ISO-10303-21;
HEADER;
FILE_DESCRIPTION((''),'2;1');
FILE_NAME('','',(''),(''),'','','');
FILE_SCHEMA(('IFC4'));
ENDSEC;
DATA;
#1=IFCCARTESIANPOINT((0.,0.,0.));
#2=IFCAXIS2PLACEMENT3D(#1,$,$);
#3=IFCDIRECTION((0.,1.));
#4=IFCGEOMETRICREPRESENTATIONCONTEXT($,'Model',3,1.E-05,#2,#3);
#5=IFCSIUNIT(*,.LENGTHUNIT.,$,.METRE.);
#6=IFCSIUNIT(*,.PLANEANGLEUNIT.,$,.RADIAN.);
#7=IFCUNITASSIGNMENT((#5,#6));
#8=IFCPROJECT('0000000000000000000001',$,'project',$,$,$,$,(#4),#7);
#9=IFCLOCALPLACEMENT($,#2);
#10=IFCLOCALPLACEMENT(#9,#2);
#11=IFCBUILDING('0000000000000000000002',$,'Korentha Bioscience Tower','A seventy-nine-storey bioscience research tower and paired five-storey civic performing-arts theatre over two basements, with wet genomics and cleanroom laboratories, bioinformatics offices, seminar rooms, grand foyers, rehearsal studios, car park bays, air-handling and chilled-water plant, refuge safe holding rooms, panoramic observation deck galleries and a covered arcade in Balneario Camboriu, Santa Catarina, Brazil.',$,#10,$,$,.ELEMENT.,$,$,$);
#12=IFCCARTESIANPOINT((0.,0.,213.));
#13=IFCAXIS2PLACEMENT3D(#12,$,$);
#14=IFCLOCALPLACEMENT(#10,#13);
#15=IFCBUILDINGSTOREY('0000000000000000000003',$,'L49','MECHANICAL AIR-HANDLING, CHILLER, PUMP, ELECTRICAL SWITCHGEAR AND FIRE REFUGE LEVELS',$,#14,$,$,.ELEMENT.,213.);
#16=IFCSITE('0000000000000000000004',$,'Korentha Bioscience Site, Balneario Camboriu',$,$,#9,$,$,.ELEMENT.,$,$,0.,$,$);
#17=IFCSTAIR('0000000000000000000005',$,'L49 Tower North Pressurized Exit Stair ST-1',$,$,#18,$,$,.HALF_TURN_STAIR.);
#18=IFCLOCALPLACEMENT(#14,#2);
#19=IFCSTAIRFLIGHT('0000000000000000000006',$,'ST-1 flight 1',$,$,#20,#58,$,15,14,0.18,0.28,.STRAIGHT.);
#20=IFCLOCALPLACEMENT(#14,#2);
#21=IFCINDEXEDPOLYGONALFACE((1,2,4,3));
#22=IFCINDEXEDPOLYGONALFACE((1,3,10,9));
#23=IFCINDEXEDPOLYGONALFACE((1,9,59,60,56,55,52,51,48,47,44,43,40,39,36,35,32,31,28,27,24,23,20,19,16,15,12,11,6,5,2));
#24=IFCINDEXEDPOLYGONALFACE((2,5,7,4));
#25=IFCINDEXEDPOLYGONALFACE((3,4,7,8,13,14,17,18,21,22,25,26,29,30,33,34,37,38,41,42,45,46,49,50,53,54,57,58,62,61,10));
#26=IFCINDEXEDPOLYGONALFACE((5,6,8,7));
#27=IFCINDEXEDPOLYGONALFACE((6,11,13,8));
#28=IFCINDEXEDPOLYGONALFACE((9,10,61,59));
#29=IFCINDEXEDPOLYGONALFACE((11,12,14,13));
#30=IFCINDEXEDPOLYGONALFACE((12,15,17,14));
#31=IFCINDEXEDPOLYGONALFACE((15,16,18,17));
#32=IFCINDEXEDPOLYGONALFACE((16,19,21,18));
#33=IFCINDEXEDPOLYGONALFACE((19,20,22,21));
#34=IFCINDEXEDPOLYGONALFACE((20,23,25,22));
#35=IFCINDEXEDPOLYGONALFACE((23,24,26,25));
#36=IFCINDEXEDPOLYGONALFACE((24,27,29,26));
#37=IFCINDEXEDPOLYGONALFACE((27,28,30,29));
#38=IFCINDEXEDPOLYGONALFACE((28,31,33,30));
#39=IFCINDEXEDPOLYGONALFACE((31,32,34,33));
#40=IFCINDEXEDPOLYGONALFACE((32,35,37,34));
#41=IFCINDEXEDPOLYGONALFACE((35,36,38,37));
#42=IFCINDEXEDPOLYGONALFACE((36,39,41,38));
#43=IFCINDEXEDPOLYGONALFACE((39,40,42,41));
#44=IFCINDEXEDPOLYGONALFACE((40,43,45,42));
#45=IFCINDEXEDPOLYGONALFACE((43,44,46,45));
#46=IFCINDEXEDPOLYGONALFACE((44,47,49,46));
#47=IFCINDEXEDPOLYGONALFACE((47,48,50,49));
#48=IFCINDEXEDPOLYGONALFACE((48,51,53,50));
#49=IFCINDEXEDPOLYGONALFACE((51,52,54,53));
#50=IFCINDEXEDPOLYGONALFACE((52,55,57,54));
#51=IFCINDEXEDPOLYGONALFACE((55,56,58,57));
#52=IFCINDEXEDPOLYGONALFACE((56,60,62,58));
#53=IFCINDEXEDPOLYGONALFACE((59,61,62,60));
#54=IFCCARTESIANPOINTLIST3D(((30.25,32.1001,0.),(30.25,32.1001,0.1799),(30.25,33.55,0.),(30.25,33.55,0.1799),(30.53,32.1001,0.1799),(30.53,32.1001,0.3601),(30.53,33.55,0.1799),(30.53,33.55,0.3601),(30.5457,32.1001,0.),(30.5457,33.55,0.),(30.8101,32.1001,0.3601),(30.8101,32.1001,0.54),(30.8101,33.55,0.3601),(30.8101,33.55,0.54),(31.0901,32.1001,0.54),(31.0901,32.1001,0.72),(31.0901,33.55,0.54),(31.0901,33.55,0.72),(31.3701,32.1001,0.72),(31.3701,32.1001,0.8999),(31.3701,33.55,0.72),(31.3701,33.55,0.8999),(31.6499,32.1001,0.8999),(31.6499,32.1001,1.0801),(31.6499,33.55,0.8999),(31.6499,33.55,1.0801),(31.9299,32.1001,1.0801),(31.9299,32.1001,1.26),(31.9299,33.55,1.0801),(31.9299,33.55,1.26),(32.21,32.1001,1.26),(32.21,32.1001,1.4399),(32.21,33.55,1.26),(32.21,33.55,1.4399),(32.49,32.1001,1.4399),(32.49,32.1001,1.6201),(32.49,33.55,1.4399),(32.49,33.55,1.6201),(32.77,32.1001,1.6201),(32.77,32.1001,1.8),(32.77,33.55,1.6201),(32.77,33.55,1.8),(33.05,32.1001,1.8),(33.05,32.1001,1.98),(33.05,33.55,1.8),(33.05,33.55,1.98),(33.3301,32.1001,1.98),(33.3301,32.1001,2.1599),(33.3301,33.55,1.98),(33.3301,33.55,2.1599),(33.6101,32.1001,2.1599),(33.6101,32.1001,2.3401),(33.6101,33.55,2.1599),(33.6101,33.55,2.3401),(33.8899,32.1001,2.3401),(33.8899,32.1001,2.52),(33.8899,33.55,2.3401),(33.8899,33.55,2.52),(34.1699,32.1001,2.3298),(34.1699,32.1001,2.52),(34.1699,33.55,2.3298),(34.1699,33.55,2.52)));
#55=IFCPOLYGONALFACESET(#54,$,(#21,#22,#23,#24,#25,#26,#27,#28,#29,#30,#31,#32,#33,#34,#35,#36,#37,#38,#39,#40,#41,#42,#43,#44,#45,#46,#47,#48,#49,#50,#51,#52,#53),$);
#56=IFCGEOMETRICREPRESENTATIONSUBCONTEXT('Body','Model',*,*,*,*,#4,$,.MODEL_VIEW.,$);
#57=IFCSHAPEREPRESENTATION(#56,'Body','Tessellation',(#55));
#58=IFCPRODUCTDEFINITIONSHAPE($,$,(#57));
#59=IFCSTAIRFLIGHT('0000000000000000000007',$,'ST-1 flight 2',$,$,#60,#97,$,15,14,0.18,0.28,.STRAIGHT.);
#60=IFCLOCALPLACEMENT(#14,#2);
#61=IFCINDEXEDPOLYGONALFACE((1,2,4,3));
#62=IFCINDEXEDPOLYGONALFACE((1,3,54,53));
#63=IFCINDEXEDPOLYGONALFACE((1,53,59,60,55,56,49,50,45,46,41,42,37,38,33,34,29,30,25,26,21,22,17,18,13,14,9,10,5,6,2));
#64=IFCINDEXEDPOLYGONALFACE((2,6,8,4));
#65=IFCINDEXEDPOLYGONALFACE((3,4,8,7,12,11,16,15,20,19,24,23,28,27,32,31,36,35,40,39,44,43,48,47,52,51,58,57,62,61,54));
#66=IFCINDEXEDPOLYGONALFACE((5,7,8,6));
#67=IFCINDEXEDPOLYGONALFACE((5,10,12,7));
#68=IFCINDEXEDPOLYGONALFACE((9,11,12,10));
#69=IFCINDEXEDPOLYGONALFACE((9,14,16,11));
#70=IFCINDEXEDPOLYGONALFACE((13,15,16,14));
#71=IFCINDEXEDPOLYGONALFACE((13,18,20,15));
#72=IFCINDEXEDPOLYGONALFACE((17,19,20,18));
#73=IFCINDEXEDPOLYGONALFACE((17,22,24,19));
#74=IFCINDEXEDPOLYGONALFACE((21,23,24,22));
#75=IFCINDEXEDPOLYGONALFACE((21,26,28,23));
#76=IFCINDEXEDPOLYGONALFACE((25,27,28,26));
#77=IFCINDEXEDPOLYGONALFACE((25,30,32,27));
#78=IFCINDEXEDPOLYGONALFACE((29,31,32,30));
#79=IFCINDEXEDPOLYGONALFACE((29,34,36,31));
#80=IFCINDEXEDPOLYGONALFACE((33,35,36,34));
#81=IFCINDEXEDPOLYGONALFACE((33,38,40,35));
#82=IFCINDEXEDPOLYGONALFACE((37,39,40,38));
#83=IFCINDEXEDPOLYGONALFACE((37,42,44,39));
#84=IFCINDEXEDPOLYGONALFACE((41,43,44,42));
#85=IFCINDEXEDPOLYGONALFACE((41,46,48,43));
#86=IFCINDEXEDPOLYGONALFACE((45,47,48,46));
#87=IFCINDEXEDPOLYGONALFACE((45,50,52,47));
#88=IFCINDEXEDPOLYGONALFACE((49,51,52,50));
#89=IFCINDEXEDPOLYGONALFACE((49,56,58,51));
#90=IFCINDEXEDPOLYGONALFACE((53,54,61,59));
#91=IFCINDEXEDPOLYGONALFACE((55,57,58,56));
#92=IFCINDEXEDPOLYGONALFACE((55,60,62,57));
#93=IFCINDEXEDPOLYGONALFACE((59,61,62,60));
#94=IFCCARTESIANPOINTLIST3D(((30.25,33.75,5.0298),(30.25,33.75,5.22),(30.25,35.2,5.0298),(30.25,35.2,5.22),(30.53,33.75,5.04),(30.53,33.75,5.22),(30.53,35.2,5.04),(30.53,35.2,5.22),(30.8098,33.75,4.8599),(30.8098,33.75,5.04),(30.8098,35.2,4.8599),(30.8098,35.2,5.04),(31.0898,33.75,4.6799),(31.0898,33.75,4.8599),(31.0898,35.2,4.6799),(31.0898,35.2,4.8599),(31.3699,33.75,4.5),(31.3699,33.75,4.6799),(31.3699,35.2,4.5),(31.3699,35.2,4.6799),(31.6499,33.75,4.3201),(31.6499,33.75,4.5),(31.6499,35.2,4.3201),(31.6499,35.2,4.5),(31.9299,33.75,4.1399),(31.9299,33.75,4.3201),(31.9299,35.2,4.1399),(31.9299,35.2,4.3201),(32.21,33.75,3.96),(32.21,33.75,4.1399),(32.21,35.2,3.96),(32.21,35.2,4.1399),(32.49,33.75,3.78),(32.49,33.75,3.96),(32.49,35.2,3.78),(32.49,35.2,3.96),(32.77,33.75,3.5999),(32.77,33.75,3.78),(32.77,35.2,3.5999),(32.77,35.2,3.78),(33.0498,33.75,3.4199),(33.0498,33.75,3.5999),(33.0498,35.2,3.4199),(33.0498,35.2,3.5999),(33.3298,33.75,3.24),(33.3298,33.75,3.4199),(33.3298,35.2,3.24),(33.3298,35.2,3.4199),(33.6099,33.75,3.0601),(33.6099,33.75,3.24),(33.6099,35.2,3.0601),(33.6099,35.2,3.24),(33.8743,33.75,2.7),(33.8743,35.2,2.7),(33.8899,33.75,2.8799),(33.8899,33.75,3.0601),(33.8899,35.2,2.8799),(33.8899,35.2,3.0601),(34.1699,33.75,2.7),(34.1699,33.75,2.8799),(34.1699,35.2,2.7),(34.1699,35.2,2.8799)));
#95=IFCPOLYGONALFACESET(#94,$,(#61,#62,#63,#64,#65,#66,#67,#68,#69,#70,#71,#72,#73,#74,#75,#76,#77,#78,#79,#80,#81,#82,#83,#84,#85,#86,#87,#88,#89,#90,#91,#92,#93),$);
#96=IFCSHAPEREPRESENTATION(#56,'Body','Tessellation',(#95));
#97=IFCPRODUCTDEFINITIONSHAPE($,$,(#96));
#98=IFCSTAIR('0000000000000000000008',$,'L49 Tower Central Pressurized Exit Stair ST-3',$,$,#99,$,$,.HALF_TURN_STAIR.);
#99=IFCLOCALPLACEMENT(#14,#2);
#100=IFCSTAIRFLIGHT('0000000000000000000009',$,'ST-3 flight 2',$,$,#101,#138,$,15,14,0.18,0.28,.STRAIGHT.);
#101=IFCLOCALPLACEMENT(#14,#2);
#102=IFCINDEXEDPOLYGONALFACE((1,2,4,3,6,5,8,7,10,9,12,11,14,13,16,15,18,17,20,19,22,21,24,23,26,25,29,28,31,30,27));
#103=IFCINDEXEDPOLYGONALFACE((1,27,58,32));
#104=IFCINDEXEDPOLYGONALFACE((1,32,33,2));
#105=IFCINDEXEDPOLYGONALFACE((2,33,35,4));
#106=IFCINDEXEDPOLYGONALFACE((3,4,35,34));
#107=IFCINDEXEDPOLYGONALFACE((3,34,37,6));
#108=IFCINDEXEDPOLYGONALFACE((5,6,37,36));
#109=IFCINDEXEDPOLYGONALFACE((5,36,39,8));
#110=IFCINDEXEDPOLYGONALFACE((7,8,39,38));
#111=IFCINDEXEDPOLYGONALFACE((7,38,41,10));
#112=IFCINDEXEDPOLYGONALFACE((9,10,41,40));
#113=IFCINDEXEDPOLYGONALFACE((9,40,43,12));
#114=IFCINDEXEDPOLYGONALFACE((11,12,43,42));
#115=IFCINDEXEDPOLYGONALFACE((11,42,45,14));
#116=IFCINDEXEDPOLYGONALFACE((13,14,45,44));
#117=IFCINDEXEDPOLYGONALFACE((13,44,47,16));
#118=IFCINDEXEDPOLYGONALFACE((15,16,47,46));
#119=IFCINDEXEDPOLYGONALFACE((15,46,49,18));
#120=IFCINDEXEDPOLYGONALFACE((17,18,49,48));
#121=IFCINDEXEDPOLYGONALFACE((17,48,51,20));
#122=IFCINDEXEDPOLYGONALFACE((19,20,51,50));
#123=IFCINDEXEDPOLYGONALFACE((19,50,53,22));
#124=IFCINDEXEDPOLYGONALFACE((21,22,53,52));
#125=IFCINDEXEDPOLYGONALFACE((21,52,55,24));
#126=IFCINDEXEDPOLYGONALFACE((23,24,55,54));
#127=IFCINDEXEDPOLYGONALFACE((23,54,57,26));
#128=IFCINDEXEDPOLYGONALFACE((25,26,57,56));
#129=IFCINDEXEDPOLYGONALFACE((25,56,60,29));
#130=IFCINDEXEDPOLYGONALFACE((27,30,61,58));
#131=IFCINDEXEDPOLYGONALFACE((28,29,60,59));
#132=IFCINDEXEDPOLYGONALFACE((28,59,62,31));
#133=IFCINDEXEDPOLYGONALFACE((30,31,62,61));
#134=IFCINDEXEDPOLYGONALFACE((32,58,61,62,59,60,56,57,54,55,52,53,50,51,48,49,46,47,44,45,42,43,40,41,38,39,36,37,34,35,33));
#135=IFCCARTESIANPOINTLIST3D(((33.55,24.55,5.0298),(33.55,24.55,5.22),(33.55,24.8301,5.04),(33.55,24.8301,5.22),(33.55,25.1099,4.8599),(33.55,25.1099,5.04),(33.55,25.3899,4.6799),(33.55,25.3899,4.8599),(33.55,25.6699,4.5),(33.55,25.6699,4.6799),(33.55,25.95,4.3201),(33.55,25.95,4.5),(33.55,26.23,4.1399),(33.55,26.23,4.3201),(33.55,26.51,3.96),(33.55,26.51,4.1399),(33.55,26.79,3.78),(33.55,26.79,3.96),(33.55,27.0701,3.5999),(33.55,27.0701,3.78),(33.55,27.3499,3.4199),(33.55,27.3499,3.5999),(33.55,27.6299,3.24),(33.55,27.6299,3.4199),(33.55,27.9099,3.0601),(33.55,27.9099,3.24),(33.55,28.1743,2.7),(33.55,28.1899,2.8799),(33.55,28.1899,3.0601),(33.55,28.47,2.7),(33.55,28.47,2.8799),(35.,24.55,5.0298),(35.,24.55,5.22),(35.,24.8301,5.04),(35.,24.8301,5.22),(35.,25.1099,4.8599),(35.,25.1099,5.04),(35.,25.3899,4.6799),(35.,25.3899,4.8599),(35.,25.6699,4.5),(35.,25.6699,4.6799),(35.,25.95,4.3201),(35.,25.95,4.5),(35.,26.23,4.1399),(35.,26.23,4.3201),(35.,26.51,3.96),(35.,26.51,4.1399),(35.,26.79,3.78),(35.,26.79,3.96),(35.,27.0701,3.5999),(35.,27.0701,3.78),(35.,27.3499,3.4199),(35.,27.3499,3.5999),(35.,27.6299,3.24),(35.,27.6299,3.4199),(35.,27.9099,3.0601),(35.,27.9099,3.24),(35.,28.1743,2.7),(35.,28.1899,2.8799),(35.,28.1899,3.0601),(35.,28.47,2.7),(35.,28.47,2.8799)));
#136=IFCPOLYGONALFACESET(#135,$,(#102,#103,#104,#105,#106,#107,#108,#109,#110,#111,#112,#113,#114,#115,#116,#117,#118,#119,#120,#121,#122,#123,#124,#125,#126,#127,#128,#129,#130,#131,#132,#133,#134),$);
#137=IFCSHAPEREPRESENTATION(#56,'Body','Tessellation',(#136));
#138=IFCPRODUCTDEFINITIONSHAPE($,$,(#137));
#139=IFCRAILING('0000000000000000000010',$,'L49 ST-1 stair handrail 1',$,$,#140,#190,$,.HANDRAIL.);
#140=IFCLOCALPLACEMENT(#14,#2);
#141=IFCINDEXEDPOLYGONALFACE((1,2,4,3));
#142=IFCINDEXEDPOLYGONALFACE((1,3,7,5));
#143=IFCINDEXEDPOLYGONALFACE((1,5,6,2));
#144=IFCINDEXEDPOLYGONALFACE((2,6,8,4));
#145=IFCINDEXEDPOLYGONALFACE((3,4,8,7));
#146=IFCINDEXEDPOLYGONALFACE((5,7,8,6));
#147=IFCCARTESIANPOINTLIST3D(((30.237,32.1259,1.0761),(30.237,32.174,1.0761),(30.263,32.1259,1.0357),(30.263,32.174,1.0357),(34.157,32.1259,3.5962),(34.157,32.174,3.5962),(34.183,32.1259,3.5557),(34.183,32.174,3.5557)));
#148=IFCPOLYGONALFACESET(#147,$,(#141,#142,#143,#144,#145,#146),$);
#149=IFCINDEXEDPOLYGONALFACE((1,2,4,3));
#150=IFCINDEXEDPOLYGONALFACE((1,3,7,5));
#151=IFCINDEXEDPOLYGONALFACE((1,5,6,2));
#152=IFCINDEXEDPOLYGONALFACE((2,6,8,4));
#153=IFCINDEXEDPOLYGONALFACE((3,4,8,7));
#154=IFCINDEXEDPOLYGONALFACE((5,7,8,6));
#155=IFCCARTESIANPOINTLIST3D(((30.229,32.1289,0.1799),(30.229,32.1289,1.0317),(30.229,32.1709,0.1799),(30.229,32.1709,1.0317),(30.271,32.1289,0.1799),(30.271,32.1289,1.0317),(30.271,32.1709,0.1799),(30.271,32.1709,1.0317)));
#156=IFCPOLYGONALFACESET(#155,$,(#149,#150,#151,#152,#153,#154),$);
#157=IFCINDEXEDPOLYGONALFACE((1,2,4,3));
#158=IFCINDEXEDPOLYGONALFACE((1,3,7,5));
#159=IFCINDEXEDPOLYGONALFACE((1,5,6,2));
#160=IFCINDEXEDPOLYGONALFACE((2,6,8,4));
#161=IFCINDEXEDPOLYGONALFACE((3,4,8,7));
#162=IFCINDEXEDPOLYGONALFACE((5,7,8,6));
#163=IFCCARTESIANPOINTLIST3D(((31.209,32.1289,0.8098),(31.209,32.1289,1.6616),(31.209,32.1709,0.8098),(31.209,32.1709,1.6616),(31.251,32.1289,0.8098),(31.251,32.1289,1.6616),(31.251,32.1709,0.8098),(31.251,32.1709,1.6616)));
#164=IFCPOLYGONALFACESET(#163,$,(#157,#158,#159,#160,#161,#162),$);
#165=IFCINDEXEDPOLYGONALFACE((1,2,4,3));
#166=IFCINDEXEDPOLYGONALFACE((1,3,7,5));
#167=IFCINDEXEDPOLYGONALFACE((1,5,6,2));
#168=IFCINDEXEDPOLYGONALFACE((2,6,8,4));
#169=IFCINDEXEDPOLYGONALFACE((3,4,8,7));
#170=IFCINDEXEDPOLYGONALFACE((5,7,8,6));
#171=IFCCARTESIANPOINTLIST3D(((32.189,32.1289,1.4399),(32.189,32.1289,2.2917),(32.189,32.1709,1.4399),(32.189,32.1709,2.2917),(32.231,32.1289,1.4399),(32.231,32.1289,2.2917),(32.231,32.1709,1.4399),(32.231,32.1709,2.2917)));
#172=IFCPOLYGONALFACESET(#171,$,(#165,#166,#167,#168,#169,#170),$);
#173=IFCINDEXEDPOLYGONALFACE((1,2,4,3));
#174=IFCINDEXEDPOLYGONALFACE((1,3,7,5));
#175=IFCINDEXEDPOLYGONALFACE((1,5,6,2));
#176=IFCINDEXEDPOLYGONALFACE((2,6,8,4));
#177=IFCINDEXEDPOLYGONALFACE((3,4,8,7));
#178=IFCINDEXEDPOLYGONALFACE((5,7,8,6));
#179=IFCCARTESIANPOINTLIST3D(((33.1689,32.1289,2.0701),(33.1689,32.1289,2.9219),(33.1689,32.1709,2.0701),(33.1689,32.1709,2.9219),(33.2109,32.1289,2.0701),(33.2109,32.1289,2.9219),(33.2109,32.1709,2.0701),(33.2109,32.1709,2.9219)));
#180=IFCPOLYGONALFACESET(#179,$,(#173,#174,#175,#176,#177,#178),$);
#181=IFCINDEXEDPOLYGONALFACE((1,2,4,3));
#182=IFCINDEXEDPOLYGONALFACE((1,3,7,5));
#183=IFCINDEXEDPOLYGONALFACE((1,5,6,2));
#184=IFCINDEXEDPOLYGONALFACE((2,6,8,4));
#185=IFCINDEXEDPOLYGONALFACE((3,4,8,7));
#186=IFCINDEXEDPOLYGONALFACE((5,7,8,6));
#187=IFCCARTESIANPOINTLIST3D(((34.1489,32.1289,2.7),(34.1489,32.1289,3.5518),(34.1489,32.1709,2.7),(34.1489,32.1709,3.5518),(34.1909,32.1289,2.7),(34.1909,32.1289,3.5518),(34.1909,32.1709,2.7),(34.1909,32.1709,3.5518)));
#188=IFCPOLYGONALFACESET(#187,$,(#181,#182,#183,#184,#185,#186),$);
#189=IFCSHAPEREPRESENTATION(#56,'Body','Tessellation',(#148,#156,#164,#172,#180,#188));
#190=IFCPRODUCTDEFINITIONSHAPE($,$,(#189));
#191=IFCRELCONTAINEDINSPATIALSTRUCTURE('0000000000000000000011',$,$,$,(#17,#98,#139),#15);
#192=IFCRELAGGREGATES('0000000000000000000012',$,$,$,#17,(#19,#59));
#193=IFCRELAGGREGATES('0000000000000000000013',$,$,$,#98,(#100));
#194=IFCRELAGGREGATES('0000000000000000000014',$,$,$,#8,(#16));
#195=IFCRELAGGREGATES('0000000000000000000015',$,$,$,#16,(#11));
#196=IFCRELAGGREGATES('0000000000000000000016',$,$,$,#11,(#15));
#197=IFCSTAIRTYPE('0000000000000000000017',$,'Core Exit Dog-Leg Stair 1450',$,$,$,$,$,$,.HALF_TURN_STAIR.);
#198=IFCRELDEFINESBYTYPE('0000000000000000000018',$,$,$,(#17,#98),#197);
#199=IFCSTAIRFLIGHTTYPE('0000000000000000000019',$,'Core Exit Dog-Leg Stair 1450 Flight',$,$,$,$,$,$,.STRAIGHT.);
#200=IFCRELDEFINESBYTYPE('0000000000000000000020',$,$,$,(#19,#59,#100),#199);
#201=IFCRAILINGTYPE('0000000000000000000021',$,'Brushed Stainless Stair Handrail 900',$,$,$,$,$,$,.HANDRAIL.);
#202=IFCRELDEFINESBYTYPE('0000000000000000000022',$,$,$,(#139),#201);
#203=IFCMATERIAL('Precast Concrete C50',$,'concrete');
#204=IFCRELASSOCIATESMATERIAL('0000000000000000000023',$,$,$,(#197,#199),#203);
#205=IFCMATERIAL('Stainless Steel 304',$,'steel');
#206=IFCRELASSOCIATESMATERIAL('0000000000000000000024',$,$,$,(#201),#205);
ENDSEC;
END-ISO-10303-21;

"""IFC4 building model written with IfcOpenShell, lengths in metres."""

from ifc_helpers import new_model, si_unit, direction, frame, origin, origin_2d, place, context, subcontext, project, spatial, polyline, rectangle, outline, extrude, material, type_object, element, aggregate, save


model = new_model("IFC4")

# Units and contexts
model_context = context("Model", 3, precision=1e-05, world=origin(), true_north=direction((0.0, 1.0)))
body_context = subcontext(model_context, "Body", "Model", "MODEL_VIEW")
ifc_project = project(units=[si_unit("LENGTHUNIT", "METRE"), si_unit("PLANEANGLEUNIT", "RADIAN")], contexts=[model_context])

# Site, building, storey
site_placement = place(None, origin())
site = spatial("IfcSite", under=ifc_project, at=site_placement, Name="Korentha Bioscience Site, Balneario Camboriu", CompositionType="ELEMENT", RefElevation=0.0)
building_placement = place(site_placement, origin())
building = spatial("IfcBuilding", under=site, at=building_placement, Name="Korentha Bioscience Tower", Description="A seventy-nine-storey bioscience research tower and paired five-storey civic performing-arts theatre over two basements, with wet genomics and cleanroom laboratories, bioinformatics offices, seminar rooms, grand foyers, rehearsal studios, car park bays, air-handling and chilled-water plant, refuge safe holding rooms, panoramic observation deck galleries and a covered arcade in Balneario Camboriu, Santa Catarina, Brazil.", CompositionType="ELEMENT")
storey_placement = place(building_placement, frame((0.0, 0.0, 213.0)))
storey = spatial("IfcBuildingStorey", under=building, at=storey_placement, Name="L49", Description="MECHANICAL AIR-HANDLING, CHILLER, PUMP, ELECTRICAL SWITCHGEAR AND FIRE REFUGE LEVELS", CompositionType="ELEMENT", Elevation=213.0)

# Stair, stair flights
ifc_material_1 = material(Name="Precast Concrete C50", Category="concrete")
stair_type = type_object("IfcStairType", Name="Core Exit Dog-Leg Stair 1450", PredefinedType="HALF_TURN_STAIR", material=ifc_material_1)
stair_1_placement = place(storey_placement, origin())
stair_1 = element("IfcStair", 1, at=stair_1_placement, inside=storey, type_object=stair_type, Name="L49 Tower North Pressurized Exit Stair ST-1", PredefinedType="HALF_TURN_STAIR")
stair_flight_type = type_object("IfcStairFlightType", Name="Core Exit Dog-Leg Stair 1450 Flight", PredefinedType="STRAIGHT", material=ifc_material_1)
stair_flight_1_placement = place(storey_placement, frame((30.25, 32.825, 0.0), z_axis=(0.0, 0.0, 1.0), x_axis=(1.0, 0.0, 0.0)))
stair_flight_1 = element("IfcStairFlight", 2, at=stair_flight_1_placement, type_object=stair_flight_type, Name="ST-1 flight 1", NumberOfRisers=15, NumberOfTreads=14, PredefinedType="STRAIGHT", RiserHeight=0.18, TreadLength=0.28, context=body_context, shape_type="SweptSolid", body=[
    extrude(outline(polyline([(0.0, 0.0), (0.0, 0.1799), (0.28, 0.1799), (0.28, 0.3601), (0.5601, 0.3601), (0.5601, 0.54), (0.8401, 0.54), (0.8401, 0.72), (1.1201, 0.72), (1.1201, 0.8999), (1.3999, 0.8999), (1.3999, 1.0801), (1.6799, 1.0801), (1.6799, 1.26), (1.96, 1.26), (1.96, 1.4399), (2.24, 1.4399), (2.24, 1.6201), (2.52, 1.6201), (2.52, 1.8), (2.8, 1.8), (2.8, 1.98), (3.0801, 1.98), (3.0801, 2.1599), (3.3601, 2.1599), (3.3601, 2.3401), (3.6399, 2.3401), (3.6399, 2.52), (3.9199, 2.52), (3.9199, 2.7), (3.9199, 2.3298), (0.2957, 0.0), (0.0, 0.0)])), frame((0.0, 0.7251, 0.0), z_axis=(0.0, -1.0, 0.0), x_axis=(1.0, 0.0, 0.0)), (0.0, 0.0, 1.0), 1.45),
])
stair_flight_2_placement = place(storey_placement, frame((34.1699, 34.4751, 2.7), z_axis=(0.0, 0.0, 1.0), x_axis=(-1.0, 0.0, 0.0)))
stair_flight_2 = element("IfcStairFlight", 3, at=stair_flight_2_placement, type_object=stair_flight_type, Name="ST-1 flight 2", NumberOfRisers=15, NumberOfTreads=14, PredefinedType="STRAIGHT", RiserHeight=0.18, TreadLength=0.28, context=body_context, shape_type="SweptSolid", body=[
    extrude(outline(polyline([(0.0, 0.0), (0.0, 0.1799), (0.28, 0.1799), (0.28, 0.3601), (0.5601, 0.3601), (0.5601, 0.54), (0.8401, 0.54), (0.8401, 0.72), (1.1201, 0.72), (1.1201, 0.8999), (1.3999, 0.8999), (1.3999, 1.0801), (1.6799, 1.0801), (1.6799, 1.26), (1.96, 1.26), (1.96, 1.4399), (2.24, 1.4399), (2.24, 1.6201), (2.52, 1.6201), (2.52, 1.8), (2.8, 1.8), (2.8, 1.98), (3.0801, 1.98), (3.0801, 2.1599), (3.3601, 2.1599), (3.3601, 2.3401), (3.6399, 2.3401), (3.6399, 2.52), (3.9199, 2.52), (3.9199, 2.7), (3.9199, 2.3298), (0.2957, 0.0), (0.0, 0.0)])), frame((0.0, 0.7251, 0.0), z_axis=(0.0, -1.0, 0.0), x_axis=(1.0, 0.0, 0.0)), (0.0, 0.0, 1.0), 1.45),
])
aggregate(stair_1, [stair_flight_1, stair_flight_2])

# Stair, stair flight
stair_2_placement = place(storey_placement, origin())
stair_2 = element("IfcStair", 4, at=stair_2_placement, inside=storey, type_object=stair_type, Name="L49 Tower Central Pressurized Exit Stair ST-3", PredefinedType="HALF_TURN_STAIR")
stair_flight_3_placement = place(storey_placement, frame((34.2749, 28.47, 2.7), z_axis=(0.0, 0.0, 1.0), x_axis=(0.0, -1.0, 0.0)))
stair_flight_3 = element("IfcStairFlight", 5, at=stair_flight_3_placement, type_object=stair_flight_type, Name="ST-3 flight 2", NumberOfRisers=15, NumberOfTreads=14, PredefinedType="STRAIGHT", RiserHeight=0.18, TreadLength=0.28, context=body_context, shape_type="SweptSolid", body=[
    extrude(outline(polyline([(0.0, 0.0), (0.0, 0.1799), (0.28, 0.1799), (0.28, 0.3601), (0.5601, 0.3601), (0.5601, 0.54), (0.8401, 0.54), (0.8401, 0.72), (1.1201, 0.72), (1.1201, 0.8999), (1.3999, 0.8999), (1.3999, 1.0801), (1.6799, 1.0801), (1.6799, 1.26), (1.96, 1.26), (1.96, 1.4399), (2.24, 1.4399), (2.24, 1.6201), (2.52, 1.6201), (2.52, 1.8), (2.8, 1.8), (2.8, 1.98), (3.0801, 1.98), (3.0801, 2.1599), (3.3601, 2.1599), (3.3601, 2.3401), (3.6399, 2.3401), (3.6399, 2.52), (3.9199, 2.52), (3.9199, 2.7), (3.9199, 2.3298), (0.2957, 0.0), (0.0, 0.0)])), frame((0.0, 0.7251, 0.0), z_axis=(0.0, -1.0, 0.0), x_axis=(1.0, 0.0, 0.0)), (0.0, 0.0, 1.0), 1.45),
])
aggregate(stair_2, [stair_flight_3])

# Railing
ifc_material_2 = material(Name="Stainless Steel 304", Category="steel")
railing_type_1 = type_object("IfcRailingType", Name="Brushed Stainless Stair Handrail 900", PredefinedType="HANDRAIL", material=ifc_material_2)
railing_1_placement = place(storey_placement, frame((30.25, 32.1499, 0.1799)))
element("IfcRailing", 6, at=railing_1_placement, inside=storey, type_object=railing_type_1, Name="L49 ST-1 stair handrail 1", PredefinedType="HANDRAIL", context=body_context, shape_type="SweptSolid", body=[
    extrude(rectangle(XDim=0.0481, YDim=0.0481, at=origin_2d()), frame((0.0, 0.0, 0.876), z_axis=(0.841172, 0.0, 0.540768), x_axis=(0.0, 1.0, 0.0)), (0.0, 0.0, 1.0), 4.6602),
    extrude(rectangle(XDim=0.042, YDim=0.042, at=origin_2d()), origin(), (0.0, 0.0, 1.0), 0.8518),
    extrude(rectangle(XDim=0.042, YDim=0.042, at=origin_2d()), frame((0.98, 0.0, 0.6299)), (0.0, 0.0, 1.0), 0.8518),
    extrude(rectangle(XDim=0.042, YDim=0.042, at=origin_2d()), frame((1.96, 0.0, 1.26)), (0.0, 0.0, 1.0), 0.8518),
    extrude(rectangle(XDim=0.042, YDim=0.042, at=origin_2d()), frame((2.9399, 0.0, 1.8901)), (0.0, 0.0, 1.0), 0.8518),
    extrude(rectangle(XDim=0.042, YDim=0.042, at=origin_2d()), frame((3.9199, 0.0, 2.52)), (0.0, 0.0, 1.0), 0.8518),
])

save(model, "model.ifc")
